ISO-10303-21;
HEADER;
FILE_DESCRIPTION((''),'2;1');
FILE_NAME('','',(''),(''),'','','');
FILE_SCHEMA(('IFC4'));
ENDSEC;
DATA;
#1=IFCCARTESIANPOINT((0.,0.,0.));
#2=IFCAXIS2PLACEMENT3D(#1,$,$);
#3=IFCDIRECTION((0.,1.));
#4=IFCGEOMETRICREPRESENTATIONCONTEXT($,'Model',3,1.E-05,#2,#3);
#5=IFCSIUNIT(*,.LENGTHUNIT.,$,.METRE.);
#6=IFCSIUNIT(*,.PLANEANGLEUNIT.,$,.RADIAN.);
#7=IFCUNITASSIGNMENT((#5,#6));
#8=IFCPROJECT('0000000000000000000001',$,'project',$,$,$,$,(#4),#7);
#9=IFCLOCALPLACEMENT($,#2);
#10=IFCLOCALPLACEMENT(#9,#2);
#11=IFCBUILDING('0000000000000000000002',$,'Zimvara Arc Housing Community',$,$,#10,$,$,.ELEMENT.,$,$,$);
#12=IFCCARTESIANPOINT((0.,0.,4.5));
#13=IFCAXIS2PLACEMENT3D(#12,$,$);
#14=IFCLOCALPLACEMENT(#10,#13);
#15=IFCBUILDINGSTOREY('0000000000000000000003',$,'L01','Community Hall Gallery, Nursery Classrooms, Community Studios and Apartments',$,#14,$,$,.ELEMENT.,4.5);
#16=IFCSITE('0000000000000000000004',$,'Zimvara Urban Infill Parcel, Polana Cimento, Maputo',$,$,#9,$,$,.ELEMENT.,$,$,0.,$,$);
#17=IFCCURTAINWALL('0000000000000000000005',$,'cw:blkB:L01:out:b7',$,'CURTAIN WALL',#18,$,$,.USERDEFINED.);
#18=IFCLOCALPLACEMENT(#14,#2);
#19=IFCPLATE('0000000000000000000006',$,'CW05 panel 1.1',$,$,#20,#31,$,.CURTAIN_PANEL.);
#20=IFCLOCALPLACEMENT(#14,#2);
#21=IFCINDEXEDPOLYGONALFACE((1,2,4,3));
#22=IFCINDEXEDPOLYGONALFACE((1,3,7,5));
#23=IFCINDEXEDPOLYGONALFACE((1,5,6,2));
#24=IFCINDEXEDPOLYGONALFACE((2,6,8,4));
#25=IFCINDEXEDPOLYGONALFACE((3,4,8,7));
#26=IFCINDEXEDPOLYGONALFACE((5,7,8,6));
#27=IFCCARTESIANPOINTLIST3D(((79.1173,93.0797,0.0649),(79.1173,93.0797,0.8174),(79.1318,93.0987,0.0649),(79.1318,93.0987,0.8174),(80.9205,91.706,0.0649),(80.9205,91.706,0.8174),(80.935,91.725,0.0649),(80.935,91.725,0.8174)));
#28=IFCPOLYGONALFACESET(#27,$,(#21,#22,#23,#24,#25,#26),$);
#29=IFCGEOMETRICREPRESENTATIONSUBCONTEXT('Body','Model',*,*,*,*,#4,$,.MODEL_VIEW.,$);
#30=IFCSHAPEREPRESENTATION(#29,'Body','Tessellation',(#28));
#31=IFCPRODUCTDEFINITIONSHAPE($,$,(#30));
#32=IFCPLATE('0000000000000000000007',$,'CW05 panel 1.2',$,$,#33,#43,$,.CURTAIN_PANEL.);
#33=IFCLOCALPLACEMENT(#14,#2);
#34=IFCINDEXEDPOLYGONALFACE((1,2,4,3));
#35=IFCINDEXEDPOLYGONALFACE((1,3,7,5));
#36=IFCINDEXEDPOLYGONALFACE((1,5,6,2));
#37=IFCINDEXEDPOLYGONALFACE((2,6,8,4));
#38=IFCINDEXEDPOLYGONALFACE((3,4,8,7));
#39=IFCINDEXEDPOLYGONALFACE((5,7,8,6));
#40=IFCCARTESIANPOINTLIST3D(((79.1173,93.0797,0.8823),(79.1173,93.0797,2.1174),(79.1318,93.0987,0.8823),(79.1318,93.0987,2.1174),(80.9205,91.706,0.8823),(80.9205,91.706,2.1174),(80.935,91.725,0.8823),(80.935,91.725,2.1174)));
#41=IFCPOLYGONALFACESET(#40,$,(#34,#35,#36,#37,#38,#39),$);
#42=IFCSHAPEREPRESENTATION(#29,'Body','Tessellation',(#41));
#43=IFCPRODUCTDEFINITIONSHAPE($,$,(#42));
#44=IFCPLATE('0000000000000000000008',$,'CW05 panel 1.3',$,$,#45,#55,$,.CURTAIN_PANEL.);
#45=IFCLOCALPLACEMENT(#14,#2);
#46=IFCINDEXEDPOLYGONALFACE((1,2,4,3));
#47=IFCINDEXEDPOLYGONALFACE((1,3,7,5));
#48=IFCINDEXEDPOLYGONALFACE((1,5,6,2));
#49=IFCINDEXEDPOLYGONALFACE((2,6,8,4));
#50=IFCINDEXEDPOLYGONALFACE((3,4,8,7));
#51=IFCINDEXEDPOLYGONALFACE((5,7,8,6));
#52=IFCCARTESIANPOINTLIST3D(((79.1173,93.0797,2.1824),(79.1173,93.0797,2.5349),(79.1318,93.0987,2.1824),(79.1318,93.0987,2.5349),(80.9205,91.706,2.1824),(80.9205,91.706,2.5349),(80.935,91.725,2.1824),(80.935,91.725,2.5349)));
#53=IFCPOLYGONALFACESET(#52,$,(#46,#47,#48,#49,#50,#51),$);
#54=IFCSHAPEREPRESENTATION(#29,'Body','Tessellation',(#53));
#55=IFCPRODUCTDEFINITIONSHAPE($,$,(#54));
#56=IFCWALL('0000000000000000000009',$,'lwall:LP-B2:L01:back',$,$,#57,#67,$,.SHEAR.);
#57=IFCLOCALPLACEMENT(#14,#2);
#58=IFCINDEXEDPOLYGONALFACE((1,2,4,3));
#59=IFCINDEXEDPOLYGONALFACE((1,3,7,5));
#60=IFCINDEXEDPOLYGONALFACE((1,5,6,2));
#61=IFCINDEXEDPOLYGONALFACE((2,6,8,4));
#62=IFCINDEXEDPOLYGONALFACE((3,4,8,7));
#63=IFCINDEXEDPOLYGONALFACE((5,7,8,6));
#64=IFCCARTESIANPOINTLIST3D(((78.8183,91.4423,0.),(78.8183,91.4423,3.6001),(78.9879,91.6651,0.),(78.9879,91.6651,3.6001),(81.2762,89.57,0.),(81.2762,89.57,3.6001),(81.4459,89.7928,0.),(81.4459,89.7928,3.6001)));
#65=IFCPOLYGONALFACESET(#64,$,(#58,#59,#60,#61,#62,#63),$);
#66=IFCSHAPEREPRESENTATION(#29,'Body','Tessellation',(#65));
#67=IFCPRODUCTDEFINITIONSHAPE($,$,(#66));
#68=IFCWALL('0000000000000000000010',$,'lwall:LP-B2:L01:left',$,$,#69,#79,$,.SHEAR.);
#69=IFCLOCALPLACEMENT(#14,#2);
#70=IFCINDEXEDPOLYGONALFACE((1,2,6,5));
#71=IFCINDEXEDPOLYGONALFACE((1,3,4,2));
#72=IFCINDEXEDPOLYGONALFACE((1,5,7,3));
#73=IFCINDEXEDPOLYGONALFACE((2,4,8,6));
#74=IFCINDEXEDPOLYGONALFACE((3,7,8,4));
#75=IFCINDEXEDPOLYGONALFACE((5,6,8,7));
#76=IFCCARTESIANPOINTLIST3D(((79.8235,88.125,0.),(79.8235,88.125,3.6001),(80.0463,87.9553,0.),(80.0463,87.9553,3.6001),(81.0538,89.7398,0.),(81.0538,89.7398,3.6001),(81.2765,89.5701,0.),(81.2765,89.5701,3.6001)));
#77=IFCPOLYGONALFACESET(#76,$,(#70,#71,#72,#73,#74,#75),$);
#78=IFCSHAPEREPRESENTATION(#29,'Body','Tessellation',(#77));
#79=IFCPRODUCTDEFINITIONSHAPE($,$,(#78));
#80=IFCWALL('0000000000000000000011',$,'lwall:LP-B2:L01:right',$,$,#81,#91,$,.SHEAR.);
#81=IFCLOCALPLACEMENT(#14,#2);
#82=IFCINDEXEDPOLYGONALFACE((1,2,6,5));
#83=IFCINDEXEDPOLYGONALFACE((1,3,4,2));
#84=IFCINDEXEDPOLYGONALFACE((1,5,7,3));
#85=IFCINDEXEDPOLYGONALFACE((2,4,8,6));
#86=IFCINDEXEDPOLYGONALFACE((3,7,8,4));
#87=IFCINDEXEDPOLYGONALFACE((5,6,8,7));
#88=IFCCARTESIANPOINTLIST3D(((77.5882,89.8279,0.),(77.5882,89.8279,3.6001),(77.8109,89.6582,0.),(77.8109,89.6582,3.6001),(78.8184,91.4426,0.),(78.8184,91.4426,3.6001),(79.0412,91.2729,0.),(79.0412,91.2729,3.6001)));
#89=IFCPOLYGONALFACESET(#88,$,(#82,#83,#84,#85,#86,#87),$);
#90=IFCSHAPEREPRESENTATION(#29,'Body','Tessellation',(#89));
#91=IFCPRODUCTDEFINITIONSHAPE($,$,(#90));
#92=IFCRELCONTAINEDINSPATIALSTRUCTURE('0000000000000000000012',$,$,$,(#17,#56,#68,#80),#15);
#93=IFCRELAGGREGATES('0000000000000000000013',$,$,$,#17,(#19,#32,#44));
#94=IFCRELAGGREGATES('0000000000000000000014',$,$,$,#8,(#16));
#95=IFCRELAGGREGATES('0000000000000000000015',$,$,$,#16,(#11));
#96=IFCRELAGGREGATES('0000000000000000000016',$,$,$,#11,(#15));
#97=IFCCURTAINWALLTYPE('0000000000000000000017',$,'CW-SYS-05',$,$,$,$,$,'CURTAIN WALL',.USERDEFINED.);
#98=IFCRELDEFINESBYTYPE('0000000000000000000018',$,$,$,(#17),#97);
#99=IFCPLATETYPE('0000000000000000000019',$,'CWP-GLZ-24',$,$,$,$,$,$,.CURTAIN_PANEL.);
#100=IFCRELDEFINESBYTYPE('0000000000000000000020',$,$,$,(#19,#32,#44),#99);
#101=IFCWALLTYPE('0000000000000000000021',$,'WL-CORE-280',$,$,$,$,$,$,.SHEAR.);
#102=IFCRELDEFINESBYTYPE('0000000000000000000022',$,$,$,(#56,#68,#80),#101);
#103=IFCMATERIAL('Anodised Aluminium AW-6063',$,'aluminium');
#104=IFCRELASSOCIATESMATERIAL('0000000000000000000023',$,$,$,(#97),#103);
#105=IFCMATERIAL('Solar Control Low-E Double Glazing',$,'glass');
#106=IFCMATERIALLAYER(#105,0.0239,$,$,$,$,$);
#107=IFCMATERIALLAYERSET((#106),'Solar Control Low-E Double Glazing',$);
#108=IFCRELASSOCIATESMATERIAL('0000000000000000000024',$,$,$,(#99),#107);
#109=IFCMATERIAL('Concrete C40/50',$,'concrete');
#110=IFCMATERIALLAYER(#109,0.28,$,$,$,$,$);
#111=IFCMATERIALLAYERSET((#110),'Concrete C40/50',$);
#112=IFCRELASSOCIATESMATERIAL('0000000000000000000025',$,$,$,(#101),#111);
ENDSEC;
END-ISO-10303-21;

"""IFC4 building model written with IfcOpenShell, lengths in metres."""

from ifc_helpers import new_model, si_unit, direction, frame, frame_2d, origin, origin_2d, place, context, subcontext, project, spatial, rectangle, extrude, material, layer, layer_set, type_object, element, aggregate, save


model = new_model("IFC4")

# Units and contexts
model_context = context("Model", 3, precision=1e-05, world=origin(), true_north=direction((0.0, 1.0)))
body_context = subcontext(model_context, "Body", "Model", "MODEL_VIEW")
ifc_project = project(units=[si_unit("LENGTHUNIT", "METRE"), si_unit("PLANEANGLEUNIT", "RADIAN")], contexts=[model_context])

# Site, building, storey
site_placement = place(None, origin())
site = spatial("IfcSite", under=ifc_project, at=site_placement, Name="Zimvara Urban Infill Parcel, Polana Cimento, Maputo", CompositionType="ELEMENT", RefElevation=0.0)
building_placement = place(site_placement, origin())
building = spatial("IfcBuilding", under=site, at=building_placement, Name="Zimvara Arc Housing Community", CompositionType="ELEMENT")
storey_placement = place(building_placement, frame((0.0, 0.0, 4.5)))
storey = spatial("IfcBuildingStorey", under=building, at=storey_placement, Name="L01", Description="Community Hall Gallery, Nursery Classrooms, Community Studios and Apartments", CompositionType="ELEMENT", Elevation=4.5)

# Curtain wall, plates
ifc_material_1 = material(Name="Anodised Aluminium AW-6063", Category="aluminium")
curtain_wall_type = type_object("IfcCurtainWallType", Name="CW-SYS-05", ElementType="CURTAIN WALL", PredefinedType="USERDEFINED", material=ifc_material_1)
curtain_wall_placement = place(storey_placement, origin())
curtain_wall = element("IfcCurtainWall", 1, at=curtain_wall_placement, inside=storey, type_object=curtain_wall_type, Name="cw:blkB:L01:out:b7", ObjectType="CURTAIN WALL", PredefinedType="USERDEFINED")
ifc_material_2 = material(Name="Solar Control Low-E Double Glazing", Category="glass")
ifc_layer_1 = layer(ifc_material_2, 0.0239)
ifc_layer_set_1 = layer_set([ifc_layer_1], Name="Solar Control Low-E Double Glazing")
plate_type = type_object("IfcPlateType", Name="CWP-GLZ-24", PredefinedType="CURTAIN_PANEL", material=ifc_layer_set_1)
plate_1_placement = place(storey_placement, frame((80.0261, 92.4023, 0.0649), z_axis=(0.0, 0.0, 1.0), x_axis=(0.795474, -0.605988, 0.0)))
plate_1 = element("IfcPlate", 2, at=plate_1_placement, type_object=plate_type, Name="CW05 panel 1.1", PredefinedType="CURTAIN_PANEL", context=body_context, shape_type="SweptSolid", body=[
    extrude(rectangle(XDim=2.2668, YDim=0.0239, at=origin_2d()), origin(), (0.0, 0.0, 1.0), 0.7524),
])
plate_2_placement = place(storey_placement, frame((80.0261, 92.4023, 0.8823), z_axis=(0.0, 0.0, 1.0), x_axis=(0.795474, -0.605988, 0.0)))
plate_2 = element("IfcPlate", 3, at=plate_2_placement, type_object=plate_type, Name="CW05 panel 1.2", PredefinedType="CURTAIN_PANEL", context=body_context, shape_type="SweptSolid", body=[
    extrude(rectangle(XDim=2.2668, YDim=0.0239, at=origin_2d()), origin(), (0.0, 0.0, 1.0), 1.2351),
])
plate_3_placement = place(storey_placement, frame((80.0261, 92.4023, 2.1824), z_axis=(0.0, 0.0, 1.0), x_axis=(0.795474, -0.605988, 0.0)))
plate_3 = element("IfcPlate", 4, at=plate_3_placement, type_object=plate_type, Name="CW05 panel 1.3", PredefinedType="CURTAIN_PANEL", context=body_context, shape_type="SweptSolid", body=[
    extrude(rectangle(XDim=2.2668, YDim=0.0239, at=origin_2d()), origin(), (0.0, 0.0, 1.0), 0.3525),
])
aggregate(curtain_wall, [plate_1, plate_2, plate_3])

# Shared definitions
ifc_material_3 = material(Name="Concrete C40/50", Category="concrete")
ifc_layer_2 = layer(ifc_material_3, 0.28)
ifc_layer_set_2 = layer_set([ifc_layer_2], Name="Concrete C40/50")
wall_type = type_object("IfcWallType", Name="WL-CORE-280", PredefinedType="SHEAR", material=ifc_layer_set_2)

# Walls
wall_1_placement = place(storey_placement, frame((81.3611, 89.6814, 0.0), z_axis=(0.0, 0.0, 1.0), x_axis=(-0.795502, 0.60595, 0.0)))
element("IfcWall", 5, at=wall_1_placement, inside=storey, type_object=wall_type, Name="lwall:LP-B2:L01:back", PredefinedType="SHEAR", context=body_context, shape_type="SweptSolid", body=[
    extrude(rectangle(XDim=3.0898, YDim=0.28, at=frame_2d((1.5449, 0.0))), origin(), (0.0, 0.0, 1.0), 3.6001),
])
for number, where, z_axis, x_axis, name in (
    (6, (79.9348, 88.04, 0.0), (0.0, 0.0, 1.0), (0.606025, 0.795446, 0.0), "lwall:LP-B2:L01:left"),
    (7, (77.6995, 89.7429, 0.0), (0.0, 0.0, 1.0), (0.606025, 0.795446, 0.0), "lwall:LP-B2:L01:right"),
):
    element("IfcWall", number, at=place(storey_placement, frame(where, z_axis=z_axis, x_axis=x_axis)), inside=storey, type_object=wall_type, Name=name, PredefinedType="SHEAR", context=body_context, shape_type="SweptSolid", body=[
        extrude(rectangle(XDim=2.03, YDim=0.28, at=frame_2d((1.0151, 0.0))), origin(), (0.0, 0.0, 1.0), 3.6001),
    ])

save(model, "model.ifc")
